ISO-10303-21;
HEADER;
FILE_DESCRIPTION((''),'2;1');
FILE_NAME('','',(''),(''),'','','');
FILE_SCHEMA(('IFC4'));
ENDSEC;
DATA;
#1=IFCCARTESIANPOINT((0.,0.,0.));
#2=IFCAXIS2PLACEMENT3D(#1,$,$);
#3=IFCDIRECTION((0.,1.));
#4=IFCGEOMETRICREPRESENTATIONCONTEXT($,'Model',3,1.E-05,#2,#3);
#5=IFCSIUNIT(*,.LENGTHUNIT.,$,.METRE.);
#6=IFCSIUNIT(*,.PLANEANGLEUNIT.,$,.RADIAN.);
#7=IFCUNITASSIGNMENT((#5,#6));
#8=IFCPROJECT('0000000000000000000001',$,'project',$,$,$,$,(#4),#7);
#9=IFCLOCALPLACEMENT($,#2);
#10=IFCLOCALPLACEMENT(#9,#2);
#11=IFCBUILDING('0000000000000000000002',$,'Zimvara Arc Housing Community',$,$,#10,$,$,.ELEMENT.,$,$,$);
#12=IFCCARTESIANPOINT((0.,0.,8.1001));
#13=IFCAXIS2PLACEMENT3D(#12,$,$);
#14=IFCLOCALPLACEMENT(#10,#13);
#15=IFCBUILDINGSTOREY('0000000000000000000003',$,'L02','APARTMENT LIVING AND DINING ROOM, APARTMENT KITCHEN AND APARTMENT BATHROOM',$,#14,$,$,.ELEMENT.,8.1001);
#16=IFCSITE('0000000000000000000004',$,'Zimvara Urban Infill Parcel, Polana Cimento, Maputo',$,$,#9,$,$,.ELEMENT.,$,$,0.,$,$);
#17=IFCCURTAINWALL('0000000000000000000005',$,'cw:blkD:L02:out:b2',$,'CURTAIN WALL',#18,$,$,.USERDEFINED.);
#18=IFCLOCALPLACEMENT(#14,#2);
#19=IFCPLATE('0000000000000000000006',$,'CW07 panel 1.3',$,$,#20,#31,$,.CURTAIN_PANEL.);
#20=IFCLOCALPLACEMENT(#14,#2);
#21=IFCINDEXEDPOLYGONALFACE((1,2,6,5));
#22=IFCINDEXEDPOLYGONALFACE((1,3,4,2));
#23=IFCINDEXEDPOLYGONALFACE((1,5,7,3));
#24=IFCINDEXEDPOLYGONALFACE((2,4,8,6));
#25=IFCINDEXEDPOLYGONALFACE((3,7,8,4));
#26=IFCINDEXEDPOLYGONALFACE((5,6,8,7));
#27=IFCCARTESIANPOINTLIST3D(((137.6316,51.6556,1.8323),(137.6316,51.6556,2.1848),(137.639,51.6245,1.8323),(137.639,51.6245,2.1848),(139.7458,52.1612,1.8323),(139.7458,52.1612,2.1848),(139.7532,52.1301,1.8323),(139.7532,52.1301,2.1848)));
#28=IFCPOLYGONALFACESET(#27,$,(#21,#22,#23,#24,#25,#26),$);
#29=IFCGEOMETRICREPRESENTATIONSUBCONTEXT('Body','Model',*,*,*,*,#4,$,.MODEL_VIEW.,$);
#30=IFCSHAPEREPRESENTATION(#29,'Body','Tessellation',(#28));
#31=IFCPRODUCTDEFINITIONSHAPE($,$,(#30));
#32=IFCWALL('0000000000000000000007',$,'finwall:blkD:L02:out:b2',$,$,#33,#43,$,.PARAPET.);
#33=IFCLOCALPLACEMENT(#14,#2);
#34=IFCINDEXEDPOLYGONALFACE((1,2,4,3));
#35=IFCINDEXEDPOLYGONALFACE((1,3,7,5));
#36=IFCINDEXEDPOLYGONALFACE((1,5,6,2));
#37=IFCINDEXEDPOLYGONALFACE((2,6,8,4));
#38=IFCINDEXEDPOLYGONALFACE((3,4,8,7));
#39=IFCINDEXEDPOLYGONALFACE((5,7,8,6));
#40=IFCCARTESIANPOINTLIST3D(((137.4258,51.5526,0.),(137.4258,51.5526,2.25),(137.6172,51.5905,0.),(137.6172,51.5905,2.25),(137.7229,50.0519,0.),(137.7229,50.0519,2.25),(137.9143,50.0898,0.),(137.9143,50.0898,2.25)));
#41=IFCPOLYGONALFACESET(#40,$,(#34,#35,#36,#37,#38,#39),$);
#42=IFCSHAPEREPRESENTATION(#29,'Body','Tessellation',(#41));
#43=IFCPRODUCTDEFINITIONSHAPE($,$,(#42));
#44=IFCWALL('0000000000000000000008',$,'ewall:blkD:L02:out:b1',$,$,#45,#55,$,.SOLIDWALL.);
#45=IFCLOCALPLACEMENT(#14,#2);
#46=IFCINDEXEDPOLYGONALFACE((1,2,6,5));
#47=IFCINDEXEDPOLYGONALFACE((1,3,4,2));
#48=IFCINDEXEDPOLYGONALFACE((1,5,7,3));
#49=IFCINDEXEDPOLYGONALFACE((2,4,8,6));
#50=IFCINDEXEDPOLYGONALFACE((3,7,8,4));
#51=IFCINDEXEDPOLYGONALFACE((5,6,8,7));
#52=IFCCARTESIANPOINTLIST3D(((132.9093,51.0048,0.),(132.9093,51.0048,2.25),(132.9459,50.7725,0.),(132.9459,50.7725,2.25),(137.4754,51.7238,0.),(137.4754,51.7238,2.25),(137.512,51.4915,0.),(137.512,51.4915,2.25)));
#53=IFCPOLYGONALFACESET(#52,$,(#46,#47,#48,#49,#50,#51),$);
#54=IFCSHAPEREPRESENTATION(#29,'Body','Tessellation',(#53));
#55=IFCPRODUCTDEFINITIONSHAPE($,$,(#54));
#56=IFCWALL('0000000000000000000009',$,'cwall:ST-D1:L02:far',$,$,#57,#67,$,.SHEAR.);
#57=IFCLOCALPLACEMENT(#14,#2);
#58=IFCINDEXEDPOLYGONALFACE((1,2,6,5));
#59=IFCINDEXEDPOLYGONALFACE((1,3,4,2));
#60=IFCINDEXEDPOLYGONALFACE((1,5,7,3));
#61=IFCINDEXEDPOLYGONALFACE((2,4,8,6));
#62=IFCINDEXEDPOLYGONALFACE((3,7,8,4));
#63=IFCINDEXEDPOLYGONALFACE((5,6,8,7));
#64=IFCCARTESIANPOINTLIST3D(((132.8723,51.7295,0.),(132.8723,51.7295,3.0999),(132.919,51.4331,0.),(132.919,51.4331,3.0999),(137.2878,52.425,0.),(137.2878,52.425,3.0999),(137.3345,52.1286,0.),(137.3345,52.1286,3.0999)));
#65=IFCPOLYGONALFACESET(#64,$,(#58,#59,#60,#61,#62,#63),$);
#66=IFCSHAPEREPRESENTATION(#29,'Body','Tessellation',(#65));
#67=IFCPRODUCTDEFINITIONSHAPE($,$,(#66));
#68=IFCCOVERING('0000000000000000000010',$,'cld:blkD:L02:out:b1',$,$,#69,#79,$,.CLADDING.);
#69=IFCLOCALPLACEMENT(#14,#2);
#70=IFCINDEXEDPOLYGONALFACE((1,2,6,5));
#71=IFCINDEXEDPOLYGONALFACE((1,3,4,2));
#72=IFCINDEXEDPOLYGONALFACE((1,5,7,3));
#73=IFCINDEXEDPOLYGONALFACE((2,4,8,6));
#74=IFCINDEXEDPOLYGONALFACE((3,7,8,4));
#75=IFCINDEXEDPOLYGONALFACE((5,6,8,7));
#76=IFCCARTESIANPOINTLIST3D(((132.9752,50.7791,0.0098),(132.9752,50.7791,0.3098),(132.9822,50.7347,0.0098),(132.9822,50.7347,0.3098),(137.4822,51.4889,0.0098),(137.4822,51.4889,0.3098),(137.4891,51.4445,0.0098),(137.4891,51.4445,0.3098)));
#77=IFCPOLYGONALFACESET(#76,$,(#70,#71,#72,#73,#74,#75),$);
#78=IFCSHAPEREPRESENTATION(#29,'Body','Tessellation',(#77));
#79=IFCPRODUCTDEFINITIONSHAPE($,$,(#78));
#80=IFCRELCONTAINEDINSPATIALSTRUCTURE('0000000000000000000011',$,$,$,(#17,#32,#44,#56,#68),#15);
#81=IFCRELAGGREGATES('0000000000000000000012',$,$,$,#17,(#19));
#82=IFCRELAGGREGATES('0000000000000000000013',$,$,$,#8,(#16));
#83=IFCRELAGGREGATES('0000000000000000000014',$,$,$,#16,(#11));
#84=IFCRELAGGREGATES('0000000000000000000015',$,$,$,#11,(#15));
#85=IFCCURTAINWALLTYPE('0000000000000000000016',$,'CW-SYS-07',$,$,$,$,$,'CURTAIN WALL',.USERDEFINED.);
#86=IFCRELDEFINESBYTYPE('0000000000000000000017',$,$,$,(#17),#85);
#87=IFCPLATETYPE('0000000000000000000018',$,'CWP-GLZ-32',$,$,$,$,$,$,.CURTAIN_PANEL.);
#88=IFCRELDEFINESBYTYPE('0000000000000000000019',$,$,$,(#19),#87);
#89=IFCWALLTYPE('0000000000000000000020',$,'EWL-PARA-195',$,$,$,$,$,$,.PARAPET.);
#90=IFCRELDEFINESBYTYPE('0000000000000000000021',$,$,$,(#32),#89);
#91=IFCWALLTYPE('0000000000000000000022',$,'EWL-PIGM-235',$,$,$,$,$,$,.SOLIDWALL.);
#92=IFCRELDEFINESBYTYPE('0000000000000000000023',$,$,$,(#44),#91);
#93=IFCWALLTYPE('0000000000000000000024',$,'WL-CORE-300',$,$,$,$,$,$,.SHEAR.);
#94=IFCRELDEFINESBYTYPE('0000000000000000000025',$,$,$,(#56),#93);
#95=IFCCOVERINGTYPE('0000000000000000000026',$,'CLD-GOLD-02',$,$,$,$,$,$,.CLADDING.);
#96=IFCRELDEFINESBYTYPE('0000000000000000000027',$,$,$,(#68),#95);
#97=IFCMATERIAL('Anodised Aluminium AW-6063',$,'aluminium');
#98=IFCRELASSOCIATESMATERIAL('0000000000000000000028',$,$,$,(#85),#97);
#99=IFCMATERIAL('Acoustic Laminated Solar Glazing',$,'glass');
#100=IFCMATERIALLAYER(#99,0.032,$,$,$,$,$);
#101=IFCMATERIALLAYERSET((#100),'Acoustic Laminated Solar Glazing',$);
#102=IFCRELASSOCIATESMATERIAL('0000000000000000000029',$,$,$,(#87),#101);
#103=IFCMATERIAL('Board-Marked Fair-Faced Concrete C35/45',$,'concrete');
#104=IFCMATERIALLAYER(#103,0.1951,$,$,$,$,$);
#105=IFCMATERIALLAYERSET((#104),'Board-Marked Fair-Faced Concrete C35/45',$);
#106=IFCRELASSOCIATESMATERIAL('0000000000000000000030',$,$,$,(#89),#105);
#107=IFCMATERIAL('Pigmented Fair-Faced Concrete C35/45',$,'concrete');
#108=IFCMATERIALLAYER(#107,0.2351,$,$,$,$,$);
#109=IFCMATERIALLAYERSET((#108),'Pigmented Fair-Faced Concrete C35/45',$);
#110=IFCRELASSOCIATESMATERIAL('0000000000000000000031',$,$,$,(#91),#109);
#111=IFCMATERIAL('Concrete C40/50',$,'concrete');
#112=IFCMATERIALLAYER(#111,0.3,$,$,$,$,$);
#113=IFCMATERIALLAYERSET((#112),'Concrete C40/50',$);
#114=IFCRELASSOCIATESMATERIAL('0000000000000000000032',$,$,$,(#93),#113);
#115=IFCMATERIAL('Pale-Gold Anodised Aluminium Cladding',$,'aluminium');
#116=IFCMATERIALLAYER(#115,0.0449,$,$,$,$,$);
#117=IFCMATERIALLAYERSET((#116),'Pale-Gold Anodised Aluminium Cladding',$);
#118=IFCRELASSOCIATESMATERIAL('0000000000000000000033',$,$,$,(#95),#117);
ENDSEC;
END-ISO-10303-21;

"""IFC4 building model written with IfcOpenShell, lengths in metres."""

from ifc_helpers import new_model, si_unit, direction, frame, frame_2d, origin, origin_2d, place, context, subcontext, project, spatial, rectangle, extrude, material, layer, layer_set, type_object, element, aggregate, save


model = new_model("IFC4")

# Units and contexts
model_context = context("Model", 3, precision=1e-05, world=origin(), true_north=direction((0.0, 1.0)))
body_context = subcontext(model_context, "Body", "Model", "MODEL_VIEW")
ifc_project = project(units=[si_unit("LENGTHUNIT", "METRE"), si_unit("PLANEANGLEUNIT", "RADIAN")], contexts=[model_context])

# Site, building, storey
site_placement = place(None, origin())
site = spatial("IfcSite", under=ifc_project, at=site_placement, Name="Zimvara Urban Infill Parcel, Polana Cimento, Maputo", CompositionType="ELEMENT", RefElevation=0.0)
building_placement = place(site_placement, origin())
building = spatial("IfcBuilding", under=site, at=building_placement, Name="Zimvara Arc Housing Community", CompositionType="ELEMENT")
storey_placement = place(building_placement, frame((0.0, 0.0, 8.1001)))
storey = spatial("IfcBuildingStorey", under=building, at=storey_placement, Name="L02", Description="APARTMENT LIVING AND DINING ROOM, APARTMENT KITCHEN AND APARTMENT BATHROOM", CompositionType="ELEMENT", Elevation=8.1001)

# Curtain wall
ifc_material_1 = material(Name="Anodised Aluminium AW-6063", Category="aluminium")
curtain_wall_type_1 = type_object("IfcCurtainWallType", Name="CW-SYS-07", ElementType="CURTAIN WALL", PredefinedType="USERDEFINED", material=ifc_material_1)
curtain_wall_1_placement = place(storey_placement, origin())
curtain_wall_1 = element("IfcCurtainWall", 1, at=curtain_wall_1_placement, inside=storey, type_object=curtain_wall_type_1, Name="cw:blkD:L02:out:b2", ObjectType="CURTAIN WALL", PredefinedType="USERDEFINED")

# Plate
ifc_material_2 = material(Name="Acoustic Laminated Solar Glazing", Category="glass")
ifc_layer_1 = layer(ifc_material_2, 0.032)
ifc_layer_set_1 = layer_set([ifc_layer_1], Name="Acoustic Laminated Solar Glazing")
plate_type_1 = type_object("IfcPlateType", Name="CWP-GLZ-32", PredefinedType="CURTAIN_PANEL", material=ifc_layer_set_1)
plate_1_placement = place(storey_placement, frame((138.6924, 51.8928, 1.8323), z_axis=(0.0, 0.0, 1.0), x_axis=(0.972573, 0.232597, 0.0)))
plate_1 = element("IfcPlate", 2, at=plate_1_placement, type_object=plate_type_1, Name="CW07 panel 1.3", PredefinedType="CURTAIN_PANEL", context=body_context, shape_type="SweptSolid", body=[
    extrude(rectangle(XDim=2.1738, YDim=0.032, at=origin_2d()), origin(), (0.0, 0.0, 1.0), 0.3525),
])
aggregate(curtain_wall_1, [plate_1])

# Walls
ifc_material_3 = material(Name="Board-Marked Fair-Faced Concrete C35/45", Category="concrete")
ifc_layer_2 = layer(ifc_material_3, 0.1951)
ifc_layer_set_2 = layer_set([ifc_layer_2], Name="Board-Marked Fair-Faced Concrete C35/45")
wall_type_1 = type_object("IfcWallType", Name="EWL-PARA-195", PredefinedType="PARAPET", material=ifc_layer_set_2)
wall_1_placement = place(storey_placement, frame((137.5215, 51.5715, 0.0), z_axis=(0.0, 0.0, 1.0), x_axis=(0.194213, -0.980959, 0.0)))
element("IfcWall", 3, at=wall_1_placement, inside=storey, type_object=wall_type_1, Name="finwall:blkD:L02:out:b2", PredefinedType="PARAPET", context=body_context, shape_type="SweptSolid", body=[
    extrude(rectangle(XDim=1.5298, YDim=0.1951, at=frame_2d((0.7649, 0.0))), origin(), (0.0, 0.0, 1.0), 2.25),
])
ifc_material_4 = material(Name="Pigmented Fair-Faced Concrete C35/45", Category="concrete")
ifc_layer_3 = layer(ifc_material_4, 0.2351)
ifc_layer_set_3 = layer_set([ifc_layer_3], Name="Pigmented Fair-Faced Concrete C35/45")
wall_type_2 = type_object("IfcWallType", Name="EWL-PIGM-235", PredefinedType="SOLIDWALL", material=ifc_layer_set_3)
wall_2_placement = place(storey_placement, frame((132.9277, 50.8887, 0.0), z_axis=(0.0, 0.0, 1.0), x_axis=(0.987829, 0.155545, 0.0)))
element("IfcWall", 4, at=wall_2_placement, inside=storey, type_object=wall_type_2, Name="ewall:blkD:L02:out:b1", PredefinedType="SOLIDWALL", context=body_context, shape_type="SweptSolid", body=[
    extrude(rectangle(XDim=4.6223, YDim=0.2351, at=frame_2d((2.311, 0.0))), origin(), (0.0, 0.0, 1.0), 2.25),
])
ifc_material_5 = material(Name="Concrete C40/50", Category="concrete")
ifc_layer_4 = layer(ifc_material_5, 0.3)
ifc_layer_set_4 = layer_set([ifc_layer_4], Name="Concrete C40/50")
wall_type_3 = type_object("IfcWallType", Name="WL-CORE-300", PredefinedType="SHEAR", material=ifc_layer_set_4)
wall_3_placement = place(storey_placement, frame((132.8958, 51.5813, 0.0), z_axis=(0.0, 0.0, 1.0), x_axis=(0.987819, 0.155606, 0.0)))
element("IfcWall", 5, at=wall_3_placement, inside=storey, type_object=wall_type_3, Name="cwall:ST-D1:L02:far", PredefinedType="SHEAR", context=body_context, shape_type="SweptSolid", body=[
    extrude(rectangle(XDim=4.47, YDim=0.3, at=frame_2d((2.2349, 0.0))), origin(), (0.0, 0.0, 1.0), 3.0999),
])

# Covering
ifc_material_6 = material(Name="Pale-Gold Anodised Aluminium Cladding", Category="aluminium")
ifc_layer_5 = layer(ifc_material_6, 0.0449)
ifc_layer_set_5 = layer_set([ifc_layer_5], Name="Pale-Gold Anodised Aluminium Cladding")
covering_type = type_object("IfcCoveringType", Name="CLD-GOLD-02", PredefinedType="CLADDING", material=ifc_layer_set_5)
covering_placement = place(storey_placement, frame((135.2322, 51.1118, 0.0098), z_axis=(0.0, 0.0, 1.0), x_axis=(0.987824, 0.155572, 0.0)))
element("IfcCovering", 6, at=covering_placement, inside=storey, type_object=covering_type, Name="cld:blkD:L02:out:b1", PredefinedType="CLADDING", context=body_context, shape_type="SweptSolid", body=[
    extrude(rectangle(XDim=4.5625, YDim=0.0449, at=origin_2d()), origin(), (0.0, 0.0, 1.0), 0.3),
])

save(model, "model.ifc")
